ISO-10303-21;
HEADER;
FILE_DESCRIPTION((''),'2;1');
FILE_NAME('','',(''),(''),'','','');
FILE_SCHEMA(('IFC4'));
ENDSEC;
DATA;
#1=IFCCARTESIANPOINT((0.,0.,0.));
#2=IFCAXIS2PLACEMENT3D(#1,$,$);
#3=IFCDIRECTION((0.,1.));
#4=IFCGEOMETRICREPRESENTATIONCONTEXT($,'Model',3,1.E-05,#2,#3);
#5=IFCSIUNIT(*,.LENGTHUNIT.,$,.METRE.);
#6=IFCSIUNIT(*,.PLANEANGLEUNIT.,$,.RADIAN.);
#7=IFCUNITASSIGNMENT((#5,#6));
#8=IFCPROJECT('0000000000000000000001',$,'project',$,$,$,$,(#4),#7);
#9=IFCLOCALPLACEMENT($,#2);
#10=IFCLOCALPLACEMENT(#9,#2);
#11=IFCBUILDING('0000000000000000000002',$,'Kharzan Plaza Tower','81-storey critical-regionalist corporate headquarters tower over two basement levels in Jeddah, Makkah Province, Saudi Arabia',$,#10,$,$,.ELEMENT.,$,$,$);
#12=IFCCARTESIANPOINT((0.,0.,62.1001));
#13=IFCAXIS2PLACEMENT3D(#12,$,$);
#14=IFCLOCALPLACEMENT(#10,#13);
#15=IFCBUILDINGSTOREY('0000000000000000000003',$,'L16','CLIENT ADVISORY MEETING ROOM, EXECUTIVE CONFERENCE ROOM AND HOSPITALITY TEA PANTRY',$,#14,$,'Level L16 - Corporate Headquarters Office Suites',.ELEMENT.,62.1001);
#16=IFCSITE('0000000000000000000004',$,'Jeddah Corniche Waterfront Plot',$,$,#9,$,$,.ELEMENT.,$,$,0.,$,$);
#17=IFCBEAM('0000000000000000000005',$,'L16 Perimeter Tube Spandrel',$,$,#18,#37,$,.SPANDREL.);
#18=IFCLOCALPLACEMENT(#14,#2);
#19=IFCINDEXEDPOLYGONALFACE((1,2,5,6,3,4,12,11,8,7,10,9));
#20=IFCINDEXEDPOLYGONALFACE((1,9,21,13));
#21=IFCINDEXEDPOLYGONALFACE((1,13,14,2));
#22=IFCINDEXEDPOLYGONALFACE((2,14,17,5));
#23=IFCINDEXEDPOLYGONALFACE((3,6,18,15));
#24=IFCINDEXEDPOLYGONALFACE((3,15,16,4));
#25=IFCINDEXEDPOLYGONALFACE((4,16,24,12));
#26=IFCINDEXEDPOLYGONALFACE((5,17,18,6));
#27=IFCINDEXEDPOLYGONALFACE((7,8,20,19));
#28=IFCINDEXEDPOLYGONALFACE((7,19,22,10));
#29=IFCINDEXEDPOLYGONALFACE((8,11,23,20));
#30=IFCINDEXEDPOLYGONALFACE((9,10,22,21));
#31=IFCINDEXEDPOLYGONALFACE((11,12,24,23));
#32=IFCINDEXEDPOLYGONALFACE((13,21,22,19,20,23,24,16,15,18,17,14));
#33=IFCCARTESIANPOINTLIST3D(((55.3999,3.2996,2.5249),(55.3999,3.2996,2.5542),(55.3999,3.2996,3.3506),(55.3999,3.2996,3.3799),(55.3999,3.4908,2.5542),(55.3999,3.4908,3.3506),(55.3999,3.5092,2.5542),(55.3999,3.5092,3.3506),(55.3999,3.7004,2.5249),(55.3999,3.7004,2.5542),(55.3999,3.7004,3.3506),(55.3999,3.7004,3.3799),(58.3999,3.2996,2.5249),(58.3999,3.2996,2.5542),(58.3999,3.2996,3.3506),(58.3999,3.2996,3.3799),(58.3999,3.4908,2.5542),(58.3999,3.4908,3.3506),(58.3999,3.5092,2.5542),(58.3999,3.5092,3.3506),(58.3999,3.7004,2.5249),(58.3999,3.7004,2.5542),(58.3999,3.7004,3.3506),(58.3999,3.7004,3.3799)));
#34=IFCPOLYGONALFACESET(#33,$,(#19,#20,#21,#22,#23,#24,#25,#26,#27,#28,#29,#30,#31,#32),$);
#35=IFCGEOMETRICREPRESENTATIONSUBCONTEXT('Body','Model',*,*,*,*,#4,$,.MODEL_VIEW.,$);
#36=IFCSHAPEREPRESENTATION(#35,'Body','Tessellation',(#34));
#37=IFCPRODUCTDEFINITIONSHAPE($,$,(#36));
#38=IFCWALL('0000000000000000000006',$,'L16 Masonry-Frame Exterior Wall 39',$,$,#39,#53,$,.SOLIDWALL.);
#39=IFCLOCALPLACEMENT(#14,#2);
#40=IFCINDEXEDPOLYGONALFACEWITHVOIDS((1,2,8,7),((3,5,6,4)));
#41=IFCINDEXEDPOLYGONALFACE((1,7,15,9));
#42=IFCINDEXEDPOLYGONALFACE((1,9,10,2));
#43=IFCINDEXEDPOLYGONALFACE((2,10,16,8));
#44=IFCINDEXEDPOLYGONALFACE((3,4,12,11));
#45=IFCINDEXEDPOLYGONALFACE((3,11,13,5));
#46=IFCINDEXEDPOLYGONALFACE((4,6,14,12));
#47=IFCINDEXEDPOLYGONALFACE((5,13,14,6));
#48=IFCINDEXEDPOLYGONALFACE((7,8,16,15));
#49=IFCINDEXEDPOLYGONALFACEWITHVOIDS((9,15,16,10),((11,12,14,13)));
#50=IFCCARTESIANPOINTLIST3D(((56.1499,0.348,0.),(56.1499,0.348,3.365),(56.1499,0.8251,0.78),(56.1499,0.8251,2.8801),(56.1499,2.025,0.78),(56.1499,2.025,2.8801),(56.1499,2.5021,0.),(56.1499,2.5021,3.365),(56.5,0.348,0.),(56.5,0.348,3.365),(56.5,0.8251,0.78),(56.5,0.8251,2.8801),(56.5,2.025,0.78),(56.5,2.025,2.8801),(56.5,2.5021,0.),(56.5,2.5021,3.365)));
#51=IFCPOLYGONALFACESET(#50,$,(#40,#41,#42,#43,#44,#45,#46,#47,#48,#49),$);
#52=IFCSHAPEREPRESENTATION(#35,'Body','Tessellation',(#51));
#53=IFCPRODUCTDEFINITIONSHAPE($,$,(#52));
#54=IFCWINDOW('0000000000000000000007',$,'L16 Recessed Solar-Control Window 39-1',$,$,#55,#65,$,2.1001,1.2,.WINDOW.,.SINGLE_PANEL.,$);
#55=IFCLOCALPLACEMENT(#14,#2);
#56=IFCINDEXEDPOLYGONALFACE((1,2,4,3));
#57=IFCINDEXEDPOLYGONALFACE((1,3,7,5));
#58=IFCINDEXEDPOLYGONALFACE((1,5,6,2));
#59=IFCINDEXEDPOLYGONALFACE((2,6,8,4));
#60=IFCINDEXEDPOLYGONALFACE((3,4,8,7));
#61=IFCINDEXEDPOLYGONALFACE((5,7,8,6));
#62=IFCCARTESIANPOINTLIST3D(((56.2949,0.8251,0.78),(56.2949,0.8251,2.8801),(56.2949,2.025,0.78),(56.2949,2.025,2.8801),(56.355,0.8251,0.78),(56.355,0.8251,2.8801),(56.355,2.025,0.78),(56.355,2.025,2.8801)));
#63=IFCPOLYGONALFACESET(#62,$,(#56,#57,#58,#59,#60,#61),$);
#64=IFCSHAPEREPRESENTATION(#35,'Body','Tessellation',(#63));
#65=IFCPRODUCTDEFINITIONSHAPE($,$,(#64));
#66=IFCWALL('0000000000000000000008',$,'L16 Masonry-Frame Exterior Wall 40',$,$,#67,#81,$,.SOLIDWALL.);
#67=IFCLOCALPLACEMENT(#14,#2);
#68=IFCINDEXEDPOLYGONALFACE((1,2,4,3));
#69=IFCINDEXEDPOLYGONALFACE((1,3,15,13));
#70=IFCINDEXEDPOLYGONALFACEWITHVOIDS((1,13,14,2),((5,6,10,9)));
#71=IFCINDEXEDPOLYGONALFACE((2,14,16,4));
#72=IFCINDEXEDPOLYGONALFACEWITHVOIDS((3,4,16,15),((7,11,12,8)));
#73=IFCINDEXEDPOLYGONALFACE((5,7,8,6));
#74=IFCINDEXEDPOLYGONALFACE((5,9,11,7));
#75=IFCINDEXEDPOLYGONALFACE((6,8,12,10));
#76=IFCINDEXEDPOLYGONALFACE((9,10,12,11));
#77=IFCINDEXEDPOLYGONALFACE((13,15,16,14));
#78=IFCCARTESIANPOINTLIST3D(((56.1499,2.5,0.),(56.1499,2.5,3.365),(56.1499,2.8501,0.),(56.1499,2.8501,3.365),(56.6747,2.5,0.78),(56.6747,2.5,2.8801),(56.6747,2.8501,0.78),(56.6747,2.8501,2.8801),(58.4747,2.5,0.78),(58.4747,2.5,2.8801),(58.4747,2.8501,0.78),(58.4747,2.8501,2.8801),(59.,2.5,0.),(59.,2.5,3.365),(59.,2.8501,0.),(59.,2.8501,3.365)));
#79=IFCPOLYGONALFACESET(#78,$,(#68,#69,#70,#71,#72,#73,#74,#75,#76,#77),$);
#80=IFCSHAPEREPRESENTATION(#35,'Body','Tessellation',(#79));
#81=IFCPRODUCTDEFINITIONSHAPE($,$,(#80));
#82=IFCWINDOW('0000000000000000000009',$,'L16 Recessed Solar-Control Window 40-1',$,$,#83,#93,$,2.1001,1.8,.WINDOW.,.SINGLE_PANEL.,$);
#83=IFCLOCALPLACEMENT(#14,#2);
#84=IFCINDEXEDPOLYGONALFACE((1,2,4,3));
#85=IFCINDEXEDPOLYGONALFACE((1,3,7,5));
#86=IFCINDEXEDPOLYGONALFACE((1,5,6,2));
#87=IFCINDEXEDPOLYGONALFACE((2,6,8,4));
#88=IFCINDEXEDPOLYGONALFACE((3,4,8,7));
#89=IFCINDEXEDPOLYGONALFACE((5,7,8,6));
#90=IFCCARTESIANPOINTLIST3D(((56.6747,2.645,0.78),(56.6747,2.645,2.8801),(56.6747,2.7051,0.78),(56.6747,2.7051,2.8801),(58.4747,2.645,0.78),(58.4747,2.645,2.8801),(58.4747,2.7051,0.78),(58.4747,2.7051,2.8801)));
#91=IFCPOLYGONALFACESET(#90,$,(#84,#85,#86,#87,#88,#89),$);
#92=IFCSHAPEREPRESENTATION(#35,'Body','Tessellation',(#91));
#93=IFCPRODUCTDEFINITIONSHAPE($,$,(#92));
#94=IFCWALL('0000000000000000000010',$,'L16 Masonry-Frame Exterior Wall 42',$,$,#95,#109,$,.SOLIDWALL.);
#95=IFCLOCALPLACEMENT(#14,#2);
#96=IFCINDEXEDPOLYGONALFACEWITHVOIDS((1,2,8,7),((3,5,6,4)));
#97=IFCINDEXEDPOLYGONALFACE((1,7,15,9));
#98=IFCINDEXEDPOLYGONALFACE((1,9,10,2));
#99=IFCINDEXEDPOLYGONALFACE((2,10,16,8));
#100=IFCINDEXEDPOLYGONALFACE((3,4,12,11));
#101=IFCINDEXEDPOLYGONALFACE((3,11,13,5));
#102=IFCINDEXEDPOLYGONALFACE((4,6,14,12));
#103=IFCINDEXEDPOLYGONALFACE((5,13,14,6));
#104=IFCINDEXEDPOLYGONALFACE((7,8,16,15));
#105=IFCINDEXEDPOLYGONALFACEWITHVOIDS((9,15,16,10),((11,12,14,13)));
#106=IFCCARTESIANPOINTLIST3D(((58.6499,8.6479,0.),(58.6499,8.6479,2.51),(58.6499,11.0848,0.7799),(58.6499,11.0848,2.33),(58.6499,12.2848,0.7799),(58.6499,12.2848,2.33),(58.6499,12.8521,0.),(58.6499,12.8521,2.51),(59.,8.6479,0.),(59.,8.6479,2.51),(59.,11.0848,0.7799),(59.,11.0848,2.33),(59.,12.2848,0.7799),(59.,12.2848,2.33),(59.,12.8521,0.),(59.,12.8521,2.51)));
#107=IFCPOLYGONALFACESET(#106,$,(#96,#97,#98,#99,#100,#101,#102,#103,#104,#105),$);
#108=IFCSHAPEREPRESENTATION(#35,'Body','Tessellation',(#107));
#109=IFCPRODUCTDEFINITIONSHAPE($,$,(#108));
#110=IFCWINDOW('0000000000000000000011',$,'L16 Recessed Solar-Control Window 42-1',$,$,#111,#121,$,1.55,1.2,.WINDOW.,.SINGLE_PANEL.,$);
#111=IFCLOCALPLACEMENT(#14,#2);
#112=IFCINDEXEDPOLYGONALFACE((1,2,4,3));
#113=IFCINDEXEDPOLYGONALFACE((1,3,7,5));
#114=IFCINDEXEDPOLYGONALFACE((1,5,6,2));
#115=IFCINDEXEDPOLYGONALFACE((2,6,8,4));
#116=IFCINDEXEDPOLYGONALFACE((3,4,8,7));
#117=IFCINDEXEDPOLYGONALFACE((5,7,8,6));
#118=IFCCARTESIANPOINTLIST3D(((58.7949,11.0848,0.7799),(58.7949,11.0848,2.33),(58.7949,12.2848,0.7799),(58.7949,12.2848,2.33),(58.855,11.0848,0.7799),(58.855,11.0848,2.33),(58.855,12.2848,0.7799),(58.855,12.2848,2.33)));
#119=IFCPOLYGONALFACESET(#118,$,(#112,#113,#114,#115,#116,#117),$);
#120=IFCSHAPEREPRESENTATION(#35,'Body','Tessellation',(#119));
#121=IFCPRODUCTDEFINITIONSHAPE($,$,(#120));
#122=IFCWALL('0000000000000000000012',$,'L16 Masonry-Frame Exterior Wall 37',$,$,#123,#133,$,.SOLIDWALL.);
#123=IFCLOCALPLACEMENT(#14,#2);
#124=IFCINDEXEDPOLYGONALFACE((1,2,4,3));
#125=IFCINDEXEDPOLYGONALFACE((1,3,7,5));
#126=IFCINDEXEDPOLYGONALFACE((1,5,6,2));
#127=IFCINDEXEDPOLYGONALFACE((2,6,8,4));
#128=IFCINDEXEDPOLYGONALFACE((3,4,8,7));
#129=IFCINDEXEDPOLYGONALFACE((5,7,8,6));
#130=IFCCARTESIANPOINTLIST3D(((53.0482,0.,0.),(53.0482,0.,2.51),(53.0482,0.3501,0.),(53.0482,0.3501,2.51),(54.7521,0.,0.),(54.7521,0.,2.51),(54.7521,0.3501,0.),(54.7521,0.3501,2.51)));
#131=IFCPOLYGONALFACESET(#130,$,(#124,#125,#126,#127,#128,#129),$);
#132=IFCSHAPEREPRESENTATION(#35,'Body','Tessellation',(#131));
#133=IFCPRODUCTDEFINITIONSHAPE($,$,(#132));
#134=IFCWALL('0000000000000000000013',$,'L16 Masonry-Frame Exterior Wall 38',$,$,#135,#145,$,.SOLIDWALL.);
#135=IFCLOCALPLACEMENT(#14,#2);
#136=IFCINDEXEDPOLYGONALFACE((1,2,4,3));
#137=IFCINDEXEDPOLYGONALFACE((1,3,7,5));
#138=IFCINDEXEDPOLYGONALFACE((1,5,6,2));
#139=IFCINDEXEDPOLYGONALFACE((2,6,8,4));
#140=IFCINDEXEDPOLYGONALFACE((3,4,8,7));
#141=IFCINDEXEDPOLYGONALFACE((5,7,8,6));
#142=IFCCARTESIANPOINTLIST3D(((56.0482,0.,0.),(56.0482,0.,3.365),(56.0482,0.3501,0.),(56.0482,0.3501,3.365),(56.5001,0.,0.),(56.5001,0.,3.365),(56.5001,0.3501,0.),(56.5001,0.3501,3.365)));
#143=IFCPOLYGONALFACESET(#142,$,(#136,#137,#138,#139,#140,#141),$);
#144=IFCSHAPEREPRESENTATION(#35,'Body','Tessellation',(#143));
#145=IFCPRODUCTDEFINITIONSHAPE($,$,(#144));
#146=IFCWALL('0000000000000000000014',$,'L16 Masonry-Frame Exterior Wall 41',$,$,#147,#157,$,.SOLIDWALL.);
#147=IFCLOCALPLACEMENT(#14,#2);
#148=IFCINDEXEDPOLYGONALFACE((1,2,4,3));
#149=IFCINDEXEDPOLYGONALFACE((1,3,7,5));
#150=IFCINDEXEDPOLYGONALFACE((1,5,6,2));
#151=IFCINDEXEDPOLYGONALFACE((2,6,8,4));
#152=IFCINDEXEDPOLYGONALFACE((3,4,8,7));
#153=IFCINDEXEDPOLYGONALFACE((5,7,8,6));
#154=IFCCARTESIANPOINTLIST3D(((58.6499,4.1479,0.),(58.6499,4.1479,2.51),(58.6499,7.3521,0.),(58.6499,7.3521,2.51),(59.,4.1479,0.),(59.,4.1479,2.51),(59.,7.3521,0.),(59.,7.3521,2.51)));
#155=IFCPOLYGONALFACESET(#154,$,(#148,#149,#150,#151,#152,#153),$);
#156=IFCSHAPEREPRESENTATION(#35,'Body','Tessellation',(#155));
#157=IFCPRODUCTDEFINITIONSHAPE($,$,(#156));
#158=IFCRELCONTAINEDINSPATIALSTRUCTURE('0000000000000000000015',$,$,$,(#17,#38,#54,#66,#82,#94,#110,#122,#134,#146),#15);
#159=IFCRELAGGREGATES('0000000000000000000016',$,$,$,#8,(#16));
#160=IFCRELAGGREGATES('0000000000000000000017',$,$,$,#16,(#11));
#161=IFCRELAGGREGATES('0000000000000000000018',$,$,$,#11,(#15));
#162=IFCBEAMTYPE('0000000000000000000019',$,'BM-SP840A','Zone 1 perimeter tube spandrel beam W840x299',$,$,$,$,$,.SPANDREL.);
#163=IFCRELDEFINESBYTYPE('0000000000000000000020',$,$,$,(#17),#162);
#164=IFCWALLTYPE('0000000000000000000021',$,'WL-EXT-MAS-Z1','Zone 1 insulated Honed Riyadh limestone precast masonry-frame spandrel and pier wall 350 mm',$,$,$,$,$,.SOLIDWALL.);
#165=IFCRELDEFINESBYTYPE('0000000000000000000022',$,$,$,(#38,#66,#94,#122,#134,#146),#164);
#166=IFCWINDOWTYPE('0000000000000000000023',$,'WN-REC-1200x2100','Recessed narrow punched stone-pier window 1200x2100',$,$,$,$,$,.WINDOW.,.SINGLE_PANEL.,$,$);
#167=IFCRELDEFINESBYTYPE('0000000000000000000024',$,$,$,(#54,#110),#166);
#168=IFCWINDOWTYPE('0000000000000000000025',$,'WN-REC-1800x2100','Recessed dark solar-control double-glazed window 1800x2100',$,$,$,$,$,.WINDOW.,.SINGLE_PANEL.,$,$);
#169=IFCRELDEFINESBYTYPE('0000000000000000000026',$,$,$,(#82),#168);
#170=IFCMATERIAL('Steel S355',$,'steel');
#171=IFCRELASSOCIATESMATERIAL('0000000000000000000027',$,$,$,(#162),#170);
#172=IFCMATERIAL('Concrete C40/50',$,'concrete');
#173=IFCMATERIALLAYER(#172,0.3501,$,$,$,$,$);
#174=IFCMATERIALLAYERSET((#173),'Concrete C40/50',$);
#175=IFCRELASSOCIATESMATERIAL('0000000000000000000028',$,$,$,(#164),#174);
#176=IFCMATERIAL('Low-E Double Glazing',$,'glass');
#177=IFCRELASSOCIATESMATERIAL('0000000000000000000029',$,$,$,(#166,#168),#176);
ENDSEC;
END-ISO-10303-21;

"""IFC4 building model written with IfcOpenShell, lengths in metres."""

from ifc_helpers import new_model, si_unit, direction, frame, frame_2d, origin, origin_2d, place, context, subcontext, project, spatial, rectangle, i_section, extrude, source, transform, mapped, material, layer, layer_set, material_profile, profile_set, type_object, element, fill, save


model = new_model("IFC4")

# Units and contexts
model_context = context("Model", 3, precision=1e-05, world=origin(), true_north=direction((0.0, 1.0)))
body_context = subcontext(model_context, "Body", "Model", "MODEL_VIEW")
ifc_project = project(units=[si_unit("LENGTHUNIT", "METRE"), si_unit("PLANEANGLEUNIT", "RADIAN")], contexts=[model_context])

# Site, building, storey
site_placement = place(None, origin())
site = spatial("IfcSite", under=ifc_project, at=site_placement, Name="Jeddah Corniche Waterfront Plot", CompositionType="ELEMENT", RefElevation=0.0)
building_placement = place(site_placement, origin())
building = spatial("IfcBuilding", under=site, at=building_placement, Name="Kharzan Plaza Tower", Description="81-storey critical-regionalist corporate headquarters tower over two basement levels in Jeddah, Makkah Province, Saudi Arabia", CompositionType="ELEMENT")
storey_placement = place(building_placement, frame((0.0, 0.0, 62.1001)))
storey = spatial("IfcBuildingStorey", under=building, at=storey_placement, Name="L16", Description="CLIENT ADVISORY MEETING ROOM, EXECUTIVE CONFERENCE ROOM AND HOSPITALITY TEA PANTRY", LongName="Level L16 - Corporate Headquarters Office Suites", CompositionType="ELEMENT", Elevation=62.1001)

# Beam
ifc_material_1 = material(Name="Steel S355", Category="steel")
ifc_material_profile_1 = material_profile(ifc_material_1, i_section(OverallWidth=0.4009, OverallDepth=0.855, WebThickness=0.0183, FlangeThickness=0.0293, at=origin_2d()), Name="W840x299")
ifc_profile_set_1 = profile_set([ifc_material_profile_1], Name="Steel S355")
beam_type_1 = type_object("IfcBeamType", Name="BM-SP840A", Description="Zone 1 perimeter tube spandrel beam W840x299", PredefinedType="SPANDREL", material=ifc_profile_set_1)
shared_shape_1 = source(origin(), body_context, "Body", "SweptSolid", [
    extrude(i_section(OverallWidth=0.4009, OverallDepth=0.855, WebThickness=0.0183, FlangeThickness=0.0293, at=origin_2d()), origin(), (0.0, 0.0, 1.0), 3.0),
])
for number, where, z_axis, x_axis, name in (
    (1, (55.3999, 3.5, 2.9524), (1.0, 0.0, 0.0), (0.0, 1.0, 0.0), "L16 Perimeter Tube Spandrel"),
):
    element("IfcBeam", number, at=place(storey_placement, frame(where, z_axis=z_axis, x_axis=x_axis)), inside=storey, type_object=beam_type_1, Name=name, PredefinedType="SPANDREL", context=body_context, shape_type="MappedRepresentation", body=[
        mapped(shared_shape_1, transform((0.0, 0.0, 0.0), x_axis=(1.0, 0.0, 0.0), y_axis=(0.0, 1.0, 0.0), z_axis=(0.0, 0.0, 1.0))),
    ])

# Walls, openings, windows
ifc_material_2 = material(Name="Concrete C40/50", Category="concrete")
ifc_layer = layer(ifc_material_2, 0.3501)
ifc_layer_set = layer_set([ifc_layer], Name="Concrete C40/50")
wall_type = type_object("IfcWallType", Name="WL-EXT-MAS-Z1", Description="Zone 1 insulated Honed Riyadh limestone precast masonry-frame spandrel and pier wall 350 mm", PredefinedType="SOLIDWALL", material=ifc_layer_set)
wall_1_placement = place(storey_placement, frame((56.325, 0.3479, 0.0), z_axis=(0.0, 0.0, 1.0), x_axis=(0.0, 1.0, 0.0)))
wall_1 = element("IfcWall", 2, at=wall_1_placement, inside=storey, type_object=wall_type, Name="L16 Masonry-Frame Exterior Wall 39", PredefinedType="SOLIDWALL", context=body_context, shape_type="SweptSolid", body=[
    extrude(rectangle(XDim=2.1541, YDim=0.3501, at=frame_2d((1.0771, 0.0))), origin(), (0.0, 0.0, 1.0), 3.365),
])
opening_1_placement = place(wall_1_placement, frame((0.4771, 0.0, 0.78)))
opening_1 = element("IfcOpeningElement", 3, at=opening_1_placement, cuts=wall_1, PredefinedType="OPENING", context=body_context, shape_type="SweptSolid", body=[
    extrude(rectangle(XDim=1.2, YDim=2.1001, at=frame_2d((0.6001, 1.05))), frame((0.0, 0.1851, 0.0), z_axis=(0.0, -1.0, 0.0), x_axis=(1.0, 0.0, 0.0)), (0.0, 0.0, 1.0), 0.3701),
])
ifc_material_3 = material(Name="Low-E Double Glazing", Category="glass")
window_type_1 = type_object("IfcWindowType", Name="WN-REC-1200x2100", Description="Recessed narrow punched stone-pier window 1200x2100", PartitioningType="SINGLE_PANEL", PredefinedType="WINDOW", material=ifc_material_3)
shared_shape_2 = source(origin(), body_context, "Body", "SweptSolid", [
    extrude(rectangle(XDim=1.2, YDim=2.1001, at=frame_2d((0.6001, 1.05))), frame((0.0, 0.03, 0.0), z_axis=(0.0, -1.0, 0.0), x_axis=(1.0, 0.0, 0.0)), (0.0, 0.0, 1.0), 0.0601),
])
window_1_placement = place(opening_1_placement, origin())
window_1 = element("IfcWindow", 4, at=window_1_placement, inside=storey, type_object=window_type_1, Name="L16 Recessed Solar-Control Window 39-1", OverallHeight=2.1001, OverallWidth=1.2, PartitioningType="SINGLE_PANEL", PredefinedType="WINDOW", context=body_context, shape_type="MappedRepresentation", body=[
    mapped(shared_shape_2, transform((0.0, 0.0, 0.0), x_axis=(1.0, 0.0, 0.0), y_axis=(0.0, 1.0, 0.0), z_axis=(0.0, 0.0, 1.0))),
])
fill(opening_1, window_1)
wall_2_placement = place(storey_placement, frame((56.1499, 2.675, 0.0), z_axis=(0.0, 0.0, 1.0), x_axis=(1.0, 0.0, 0.0)))
wall_2 = element("IfcWall", 5, at=wall_2_placement, inside=storey, type_object=wall_type, Name="L16 Masonry-Frame Exterior Wall 40", PredefinedType="SOLIDWALL", context=body_context, shape_type="SweptSolid", body=[
    extrude(rectangle(XDim=2.8501, YDim=0.3501, at=frame_2d((1.425, 0.0))), origin(), (0.0, 0.0, 1.0), 3.365),
])
opening_2_placement = place(wall_2_placement, frame((0.5249, 0.0, 0.78)))
opening_2 = element("IfcOpeningElement", 6, at=opening_2_placement, cuts=wall_2, PredefinedType="OPENING", context=body_context, shape_type="SweptSolid", body=[
    extrude(rectangle(XDim=1.8, YDim=2.1001, at=frame_2d((0.8999, 1.05))), frame((0.0, 0.1851, 0.0), z_axis=(0.0, -1.0, 0.0), x_axis=(1.0, 0.0, 0.0)), (0.0, 0.0, 1.0), 0.3701),
])
window_type_2 = type_object("IfcWindowType", Name="WN-REC-1800x2100", Description="Recessed dark solar-control double-glazed window 1800x2100", PartitioningType="SINGLE_PANEL", PredefinedType="WINDOW", material=ifc_material_3)
shared_shape_3 = source(origin(), body_context, "Body", "SweptSolid", [
    extrude(rectangle(XDim=1.8, YDim=2.1001, at=frame_2d((0.8999, 1.05))), frame((0.0, 0.03, 0.0), z_axis=(0.0, -1.0, 0.0), x_axis=(1.0, 0.0, 0.0)), (0.0, 0.0, 1.0), 0.0601),
])
window_2_placement = place(opening_2_placement, origin())
window_2 = element("IfcWindow", 7, at=window_2_placement, inside=storey, type_object=window_type_2, Name="L16 Recessed Solar-Control Window 40-1", OverallHeight=2.1001, OverallWidth=1.8, PartitioningType="SINGLE_PANEL", PredefinedType="WINDOW", context=body_context, shape_type="MappedRepresentation", body=[
    mapped(shared_shape_3, transform((0.0, 0.0, 0.0), x_axis=(1.0, 0.0, 0.0), y_axis=(0.0, 1.0, 0.0), z_axis=(0.0, 0.0, 1.0))),
])
fill(opening_2, window_2)
wall_3_placement = place(storey_placement, frame((58.825, 8.6479, 0.0), z_axis=(0.0, 0.0, 1.0), x_axis=(0.0, 1.0, 0.0)))
wall_3 = element("IfcWall", 8, at=wall_3_placement, inside=storey, type_object=wall_type, Name="L16 Masonry-Frame Exterior Wall 42", PredefinedType="SOLIDWALL", context=body_context, shape_type="SweptSolid", body=[
    extrude(rectangle(XDim=4.2041, YDim=0.3501, at=frame_2d((2.1021, 0.0))), origin(), (0.0, 0.0, 1.0), 2.51),
])
opening_3_placement = place(wall_3_placement, frame((2.4368, 0.0, 0.78)))
opening_3 = element("IfcOpeningElement", 9, at=opening_3_placement, cuts=wall_3, PredefinedType="OPENING", context=body_context, shape_type="SweptSolid", body=[
    extrude(rectangle(XDim=1.2, YDim=1.55, at=frame_2d((0.6001, 0.7749))), frame((0.0, 0.1851, 0.0), z_axis=(0.0, -1.0, 0.0), x_axis=(1.0, 0.0, 0.0)), (0.0, 0.0, 1.0), 0.3701),
])
shared_shape_4 = source(origin(), body_context, "Body", "SweptSolid", [
    extrude(rectangle(XDim=1.2, YDim=1.55, at=frame_2d((0.6001, 0.7749))), frame((0.0, 0.03, 0.0), z_axis=(0.0, -1.0, 0.0), x_axis=(1.0, 0.0, 0.0)), (0.0, 0.0, 1.0), 0.0601),
])
window_3_placement = place(opening_3_placement, origin())
window_3 = element("IfcWindow", 10, at=window_3_placement, inside=storey, type_object=window_type_1, Name="L16 Recessed Solar-Control Window 42-1", OverallHeight=1.55, OverallWidth=1.2, PartitioningType="SINGLE_PANEL", PredefinedType="WINDOW", context=body_context, shape_type="MappedRepresentation", body=[
    mapped(shared_shape_4, transform((0.0, 0.0, 0.0), x_axis=(1.0, 0.0, 0.0), y_axis=(0.0, 1.0, 0.0), z_axis=(0.0, 0.0, 1.0))),
])
fill(opening_3, window_3)

# Walls
shared_shape_5 = source(origin(), body_context, "Body", "SweptSolid", [
    extrude(rectangle(XDim=1.7039, YDim=0.3501, at=frame_2d((0.8521, 0.0))), origin(), (0.0, 0.0, 1.0), 2.51),
])
wall_4_placement = place(storey_placement, frame((53.0481, 0.175, 0.0), z_axis=(0.0, 0.0, 1.0), x_axis=(1.0, 0.0, 0.0)))
element("IfcWall", 11, at=wall_4_placement, inside=storey, type_object=wall_type, Name="L16 Masonry-Frame Exterior Wall 37", PredefinedType="SOLIDWALL", context=body_context, shape_type="MappedRepresentation", body=[
    mapped(shared_shape_5, transform((0.0, 0.0, 0.0), x_axis=(1.0, 0.0, 0.0), y_axis=(0.0, 1.0, 0.0), z_axis=(0.0, 0.0, 1.0))),
])
shared_shape_6 = source(origin(), body_context, "Body", "SweptSolid", [
    extrude(rectangle(XDim=0.4519, YDim=0.3501, at=frame_2d((0.2261, 0.0))), origin(), (0.0, 0.0, 1.0), 3.365),
])
wall_5_placement = place(storey_placement, frame((56.0481, 0.175, 0.0), z_axis=(0.0, 0.0, 1.0), x_axis=(1.0, 0.0, 0.0)))
element("IfcWall", 12, at=wall_5_placement, inside=storey, type_object=wall_type, Name="L16 Masonry-Frame Exterior Wall 38", PredefinedType="SOLIDWALL", context=body_context, shape_type="MappedRepresentation", body=[
    mapped(shared_shape_6, transform((0.0, 0.0, 0.0), x_axis=(1.0, 0.0, 0.0), y_axis=(0.0, 1.0, 0.0), z_axis=(0.0, 0.0, 1.0))),
])
shared_shape_7 = source(origin(), body_context, "Body", "SweptSolid", [
    extrude(rectangle(XDim=3.2041, YDim=0.3501, at=frame_2d((1.6021, 0.0))), origin(), (0.0, 0.0, 1.0), 2.51),
])
wall_6_placement = place(storey_placement, frame((58.825, 4.1479, 0.0), z_axis=(0.0, 0.0, 1.0), x_axis=(0.0, 1.0, 0.0)))
element("IfcWall", 13, at=wall_6_placement, inside=storey, type_object=wall_type, Name="L16 Masonry-Frame Exterior Wall 41", PredefinedType="SOLIDWALL", context=body_context, shape_type="MappedRepresentation", body=[
    mapped(shared_shape_7, transform((0.0, 0.0, 0.0), x_axis=(1.0, 0.0, 0.0), y_axis=(0.0, 1.0, 0.0), z_axis=(0.0, 0.0, 1.0))),
])

save(model, "model.ifc")
